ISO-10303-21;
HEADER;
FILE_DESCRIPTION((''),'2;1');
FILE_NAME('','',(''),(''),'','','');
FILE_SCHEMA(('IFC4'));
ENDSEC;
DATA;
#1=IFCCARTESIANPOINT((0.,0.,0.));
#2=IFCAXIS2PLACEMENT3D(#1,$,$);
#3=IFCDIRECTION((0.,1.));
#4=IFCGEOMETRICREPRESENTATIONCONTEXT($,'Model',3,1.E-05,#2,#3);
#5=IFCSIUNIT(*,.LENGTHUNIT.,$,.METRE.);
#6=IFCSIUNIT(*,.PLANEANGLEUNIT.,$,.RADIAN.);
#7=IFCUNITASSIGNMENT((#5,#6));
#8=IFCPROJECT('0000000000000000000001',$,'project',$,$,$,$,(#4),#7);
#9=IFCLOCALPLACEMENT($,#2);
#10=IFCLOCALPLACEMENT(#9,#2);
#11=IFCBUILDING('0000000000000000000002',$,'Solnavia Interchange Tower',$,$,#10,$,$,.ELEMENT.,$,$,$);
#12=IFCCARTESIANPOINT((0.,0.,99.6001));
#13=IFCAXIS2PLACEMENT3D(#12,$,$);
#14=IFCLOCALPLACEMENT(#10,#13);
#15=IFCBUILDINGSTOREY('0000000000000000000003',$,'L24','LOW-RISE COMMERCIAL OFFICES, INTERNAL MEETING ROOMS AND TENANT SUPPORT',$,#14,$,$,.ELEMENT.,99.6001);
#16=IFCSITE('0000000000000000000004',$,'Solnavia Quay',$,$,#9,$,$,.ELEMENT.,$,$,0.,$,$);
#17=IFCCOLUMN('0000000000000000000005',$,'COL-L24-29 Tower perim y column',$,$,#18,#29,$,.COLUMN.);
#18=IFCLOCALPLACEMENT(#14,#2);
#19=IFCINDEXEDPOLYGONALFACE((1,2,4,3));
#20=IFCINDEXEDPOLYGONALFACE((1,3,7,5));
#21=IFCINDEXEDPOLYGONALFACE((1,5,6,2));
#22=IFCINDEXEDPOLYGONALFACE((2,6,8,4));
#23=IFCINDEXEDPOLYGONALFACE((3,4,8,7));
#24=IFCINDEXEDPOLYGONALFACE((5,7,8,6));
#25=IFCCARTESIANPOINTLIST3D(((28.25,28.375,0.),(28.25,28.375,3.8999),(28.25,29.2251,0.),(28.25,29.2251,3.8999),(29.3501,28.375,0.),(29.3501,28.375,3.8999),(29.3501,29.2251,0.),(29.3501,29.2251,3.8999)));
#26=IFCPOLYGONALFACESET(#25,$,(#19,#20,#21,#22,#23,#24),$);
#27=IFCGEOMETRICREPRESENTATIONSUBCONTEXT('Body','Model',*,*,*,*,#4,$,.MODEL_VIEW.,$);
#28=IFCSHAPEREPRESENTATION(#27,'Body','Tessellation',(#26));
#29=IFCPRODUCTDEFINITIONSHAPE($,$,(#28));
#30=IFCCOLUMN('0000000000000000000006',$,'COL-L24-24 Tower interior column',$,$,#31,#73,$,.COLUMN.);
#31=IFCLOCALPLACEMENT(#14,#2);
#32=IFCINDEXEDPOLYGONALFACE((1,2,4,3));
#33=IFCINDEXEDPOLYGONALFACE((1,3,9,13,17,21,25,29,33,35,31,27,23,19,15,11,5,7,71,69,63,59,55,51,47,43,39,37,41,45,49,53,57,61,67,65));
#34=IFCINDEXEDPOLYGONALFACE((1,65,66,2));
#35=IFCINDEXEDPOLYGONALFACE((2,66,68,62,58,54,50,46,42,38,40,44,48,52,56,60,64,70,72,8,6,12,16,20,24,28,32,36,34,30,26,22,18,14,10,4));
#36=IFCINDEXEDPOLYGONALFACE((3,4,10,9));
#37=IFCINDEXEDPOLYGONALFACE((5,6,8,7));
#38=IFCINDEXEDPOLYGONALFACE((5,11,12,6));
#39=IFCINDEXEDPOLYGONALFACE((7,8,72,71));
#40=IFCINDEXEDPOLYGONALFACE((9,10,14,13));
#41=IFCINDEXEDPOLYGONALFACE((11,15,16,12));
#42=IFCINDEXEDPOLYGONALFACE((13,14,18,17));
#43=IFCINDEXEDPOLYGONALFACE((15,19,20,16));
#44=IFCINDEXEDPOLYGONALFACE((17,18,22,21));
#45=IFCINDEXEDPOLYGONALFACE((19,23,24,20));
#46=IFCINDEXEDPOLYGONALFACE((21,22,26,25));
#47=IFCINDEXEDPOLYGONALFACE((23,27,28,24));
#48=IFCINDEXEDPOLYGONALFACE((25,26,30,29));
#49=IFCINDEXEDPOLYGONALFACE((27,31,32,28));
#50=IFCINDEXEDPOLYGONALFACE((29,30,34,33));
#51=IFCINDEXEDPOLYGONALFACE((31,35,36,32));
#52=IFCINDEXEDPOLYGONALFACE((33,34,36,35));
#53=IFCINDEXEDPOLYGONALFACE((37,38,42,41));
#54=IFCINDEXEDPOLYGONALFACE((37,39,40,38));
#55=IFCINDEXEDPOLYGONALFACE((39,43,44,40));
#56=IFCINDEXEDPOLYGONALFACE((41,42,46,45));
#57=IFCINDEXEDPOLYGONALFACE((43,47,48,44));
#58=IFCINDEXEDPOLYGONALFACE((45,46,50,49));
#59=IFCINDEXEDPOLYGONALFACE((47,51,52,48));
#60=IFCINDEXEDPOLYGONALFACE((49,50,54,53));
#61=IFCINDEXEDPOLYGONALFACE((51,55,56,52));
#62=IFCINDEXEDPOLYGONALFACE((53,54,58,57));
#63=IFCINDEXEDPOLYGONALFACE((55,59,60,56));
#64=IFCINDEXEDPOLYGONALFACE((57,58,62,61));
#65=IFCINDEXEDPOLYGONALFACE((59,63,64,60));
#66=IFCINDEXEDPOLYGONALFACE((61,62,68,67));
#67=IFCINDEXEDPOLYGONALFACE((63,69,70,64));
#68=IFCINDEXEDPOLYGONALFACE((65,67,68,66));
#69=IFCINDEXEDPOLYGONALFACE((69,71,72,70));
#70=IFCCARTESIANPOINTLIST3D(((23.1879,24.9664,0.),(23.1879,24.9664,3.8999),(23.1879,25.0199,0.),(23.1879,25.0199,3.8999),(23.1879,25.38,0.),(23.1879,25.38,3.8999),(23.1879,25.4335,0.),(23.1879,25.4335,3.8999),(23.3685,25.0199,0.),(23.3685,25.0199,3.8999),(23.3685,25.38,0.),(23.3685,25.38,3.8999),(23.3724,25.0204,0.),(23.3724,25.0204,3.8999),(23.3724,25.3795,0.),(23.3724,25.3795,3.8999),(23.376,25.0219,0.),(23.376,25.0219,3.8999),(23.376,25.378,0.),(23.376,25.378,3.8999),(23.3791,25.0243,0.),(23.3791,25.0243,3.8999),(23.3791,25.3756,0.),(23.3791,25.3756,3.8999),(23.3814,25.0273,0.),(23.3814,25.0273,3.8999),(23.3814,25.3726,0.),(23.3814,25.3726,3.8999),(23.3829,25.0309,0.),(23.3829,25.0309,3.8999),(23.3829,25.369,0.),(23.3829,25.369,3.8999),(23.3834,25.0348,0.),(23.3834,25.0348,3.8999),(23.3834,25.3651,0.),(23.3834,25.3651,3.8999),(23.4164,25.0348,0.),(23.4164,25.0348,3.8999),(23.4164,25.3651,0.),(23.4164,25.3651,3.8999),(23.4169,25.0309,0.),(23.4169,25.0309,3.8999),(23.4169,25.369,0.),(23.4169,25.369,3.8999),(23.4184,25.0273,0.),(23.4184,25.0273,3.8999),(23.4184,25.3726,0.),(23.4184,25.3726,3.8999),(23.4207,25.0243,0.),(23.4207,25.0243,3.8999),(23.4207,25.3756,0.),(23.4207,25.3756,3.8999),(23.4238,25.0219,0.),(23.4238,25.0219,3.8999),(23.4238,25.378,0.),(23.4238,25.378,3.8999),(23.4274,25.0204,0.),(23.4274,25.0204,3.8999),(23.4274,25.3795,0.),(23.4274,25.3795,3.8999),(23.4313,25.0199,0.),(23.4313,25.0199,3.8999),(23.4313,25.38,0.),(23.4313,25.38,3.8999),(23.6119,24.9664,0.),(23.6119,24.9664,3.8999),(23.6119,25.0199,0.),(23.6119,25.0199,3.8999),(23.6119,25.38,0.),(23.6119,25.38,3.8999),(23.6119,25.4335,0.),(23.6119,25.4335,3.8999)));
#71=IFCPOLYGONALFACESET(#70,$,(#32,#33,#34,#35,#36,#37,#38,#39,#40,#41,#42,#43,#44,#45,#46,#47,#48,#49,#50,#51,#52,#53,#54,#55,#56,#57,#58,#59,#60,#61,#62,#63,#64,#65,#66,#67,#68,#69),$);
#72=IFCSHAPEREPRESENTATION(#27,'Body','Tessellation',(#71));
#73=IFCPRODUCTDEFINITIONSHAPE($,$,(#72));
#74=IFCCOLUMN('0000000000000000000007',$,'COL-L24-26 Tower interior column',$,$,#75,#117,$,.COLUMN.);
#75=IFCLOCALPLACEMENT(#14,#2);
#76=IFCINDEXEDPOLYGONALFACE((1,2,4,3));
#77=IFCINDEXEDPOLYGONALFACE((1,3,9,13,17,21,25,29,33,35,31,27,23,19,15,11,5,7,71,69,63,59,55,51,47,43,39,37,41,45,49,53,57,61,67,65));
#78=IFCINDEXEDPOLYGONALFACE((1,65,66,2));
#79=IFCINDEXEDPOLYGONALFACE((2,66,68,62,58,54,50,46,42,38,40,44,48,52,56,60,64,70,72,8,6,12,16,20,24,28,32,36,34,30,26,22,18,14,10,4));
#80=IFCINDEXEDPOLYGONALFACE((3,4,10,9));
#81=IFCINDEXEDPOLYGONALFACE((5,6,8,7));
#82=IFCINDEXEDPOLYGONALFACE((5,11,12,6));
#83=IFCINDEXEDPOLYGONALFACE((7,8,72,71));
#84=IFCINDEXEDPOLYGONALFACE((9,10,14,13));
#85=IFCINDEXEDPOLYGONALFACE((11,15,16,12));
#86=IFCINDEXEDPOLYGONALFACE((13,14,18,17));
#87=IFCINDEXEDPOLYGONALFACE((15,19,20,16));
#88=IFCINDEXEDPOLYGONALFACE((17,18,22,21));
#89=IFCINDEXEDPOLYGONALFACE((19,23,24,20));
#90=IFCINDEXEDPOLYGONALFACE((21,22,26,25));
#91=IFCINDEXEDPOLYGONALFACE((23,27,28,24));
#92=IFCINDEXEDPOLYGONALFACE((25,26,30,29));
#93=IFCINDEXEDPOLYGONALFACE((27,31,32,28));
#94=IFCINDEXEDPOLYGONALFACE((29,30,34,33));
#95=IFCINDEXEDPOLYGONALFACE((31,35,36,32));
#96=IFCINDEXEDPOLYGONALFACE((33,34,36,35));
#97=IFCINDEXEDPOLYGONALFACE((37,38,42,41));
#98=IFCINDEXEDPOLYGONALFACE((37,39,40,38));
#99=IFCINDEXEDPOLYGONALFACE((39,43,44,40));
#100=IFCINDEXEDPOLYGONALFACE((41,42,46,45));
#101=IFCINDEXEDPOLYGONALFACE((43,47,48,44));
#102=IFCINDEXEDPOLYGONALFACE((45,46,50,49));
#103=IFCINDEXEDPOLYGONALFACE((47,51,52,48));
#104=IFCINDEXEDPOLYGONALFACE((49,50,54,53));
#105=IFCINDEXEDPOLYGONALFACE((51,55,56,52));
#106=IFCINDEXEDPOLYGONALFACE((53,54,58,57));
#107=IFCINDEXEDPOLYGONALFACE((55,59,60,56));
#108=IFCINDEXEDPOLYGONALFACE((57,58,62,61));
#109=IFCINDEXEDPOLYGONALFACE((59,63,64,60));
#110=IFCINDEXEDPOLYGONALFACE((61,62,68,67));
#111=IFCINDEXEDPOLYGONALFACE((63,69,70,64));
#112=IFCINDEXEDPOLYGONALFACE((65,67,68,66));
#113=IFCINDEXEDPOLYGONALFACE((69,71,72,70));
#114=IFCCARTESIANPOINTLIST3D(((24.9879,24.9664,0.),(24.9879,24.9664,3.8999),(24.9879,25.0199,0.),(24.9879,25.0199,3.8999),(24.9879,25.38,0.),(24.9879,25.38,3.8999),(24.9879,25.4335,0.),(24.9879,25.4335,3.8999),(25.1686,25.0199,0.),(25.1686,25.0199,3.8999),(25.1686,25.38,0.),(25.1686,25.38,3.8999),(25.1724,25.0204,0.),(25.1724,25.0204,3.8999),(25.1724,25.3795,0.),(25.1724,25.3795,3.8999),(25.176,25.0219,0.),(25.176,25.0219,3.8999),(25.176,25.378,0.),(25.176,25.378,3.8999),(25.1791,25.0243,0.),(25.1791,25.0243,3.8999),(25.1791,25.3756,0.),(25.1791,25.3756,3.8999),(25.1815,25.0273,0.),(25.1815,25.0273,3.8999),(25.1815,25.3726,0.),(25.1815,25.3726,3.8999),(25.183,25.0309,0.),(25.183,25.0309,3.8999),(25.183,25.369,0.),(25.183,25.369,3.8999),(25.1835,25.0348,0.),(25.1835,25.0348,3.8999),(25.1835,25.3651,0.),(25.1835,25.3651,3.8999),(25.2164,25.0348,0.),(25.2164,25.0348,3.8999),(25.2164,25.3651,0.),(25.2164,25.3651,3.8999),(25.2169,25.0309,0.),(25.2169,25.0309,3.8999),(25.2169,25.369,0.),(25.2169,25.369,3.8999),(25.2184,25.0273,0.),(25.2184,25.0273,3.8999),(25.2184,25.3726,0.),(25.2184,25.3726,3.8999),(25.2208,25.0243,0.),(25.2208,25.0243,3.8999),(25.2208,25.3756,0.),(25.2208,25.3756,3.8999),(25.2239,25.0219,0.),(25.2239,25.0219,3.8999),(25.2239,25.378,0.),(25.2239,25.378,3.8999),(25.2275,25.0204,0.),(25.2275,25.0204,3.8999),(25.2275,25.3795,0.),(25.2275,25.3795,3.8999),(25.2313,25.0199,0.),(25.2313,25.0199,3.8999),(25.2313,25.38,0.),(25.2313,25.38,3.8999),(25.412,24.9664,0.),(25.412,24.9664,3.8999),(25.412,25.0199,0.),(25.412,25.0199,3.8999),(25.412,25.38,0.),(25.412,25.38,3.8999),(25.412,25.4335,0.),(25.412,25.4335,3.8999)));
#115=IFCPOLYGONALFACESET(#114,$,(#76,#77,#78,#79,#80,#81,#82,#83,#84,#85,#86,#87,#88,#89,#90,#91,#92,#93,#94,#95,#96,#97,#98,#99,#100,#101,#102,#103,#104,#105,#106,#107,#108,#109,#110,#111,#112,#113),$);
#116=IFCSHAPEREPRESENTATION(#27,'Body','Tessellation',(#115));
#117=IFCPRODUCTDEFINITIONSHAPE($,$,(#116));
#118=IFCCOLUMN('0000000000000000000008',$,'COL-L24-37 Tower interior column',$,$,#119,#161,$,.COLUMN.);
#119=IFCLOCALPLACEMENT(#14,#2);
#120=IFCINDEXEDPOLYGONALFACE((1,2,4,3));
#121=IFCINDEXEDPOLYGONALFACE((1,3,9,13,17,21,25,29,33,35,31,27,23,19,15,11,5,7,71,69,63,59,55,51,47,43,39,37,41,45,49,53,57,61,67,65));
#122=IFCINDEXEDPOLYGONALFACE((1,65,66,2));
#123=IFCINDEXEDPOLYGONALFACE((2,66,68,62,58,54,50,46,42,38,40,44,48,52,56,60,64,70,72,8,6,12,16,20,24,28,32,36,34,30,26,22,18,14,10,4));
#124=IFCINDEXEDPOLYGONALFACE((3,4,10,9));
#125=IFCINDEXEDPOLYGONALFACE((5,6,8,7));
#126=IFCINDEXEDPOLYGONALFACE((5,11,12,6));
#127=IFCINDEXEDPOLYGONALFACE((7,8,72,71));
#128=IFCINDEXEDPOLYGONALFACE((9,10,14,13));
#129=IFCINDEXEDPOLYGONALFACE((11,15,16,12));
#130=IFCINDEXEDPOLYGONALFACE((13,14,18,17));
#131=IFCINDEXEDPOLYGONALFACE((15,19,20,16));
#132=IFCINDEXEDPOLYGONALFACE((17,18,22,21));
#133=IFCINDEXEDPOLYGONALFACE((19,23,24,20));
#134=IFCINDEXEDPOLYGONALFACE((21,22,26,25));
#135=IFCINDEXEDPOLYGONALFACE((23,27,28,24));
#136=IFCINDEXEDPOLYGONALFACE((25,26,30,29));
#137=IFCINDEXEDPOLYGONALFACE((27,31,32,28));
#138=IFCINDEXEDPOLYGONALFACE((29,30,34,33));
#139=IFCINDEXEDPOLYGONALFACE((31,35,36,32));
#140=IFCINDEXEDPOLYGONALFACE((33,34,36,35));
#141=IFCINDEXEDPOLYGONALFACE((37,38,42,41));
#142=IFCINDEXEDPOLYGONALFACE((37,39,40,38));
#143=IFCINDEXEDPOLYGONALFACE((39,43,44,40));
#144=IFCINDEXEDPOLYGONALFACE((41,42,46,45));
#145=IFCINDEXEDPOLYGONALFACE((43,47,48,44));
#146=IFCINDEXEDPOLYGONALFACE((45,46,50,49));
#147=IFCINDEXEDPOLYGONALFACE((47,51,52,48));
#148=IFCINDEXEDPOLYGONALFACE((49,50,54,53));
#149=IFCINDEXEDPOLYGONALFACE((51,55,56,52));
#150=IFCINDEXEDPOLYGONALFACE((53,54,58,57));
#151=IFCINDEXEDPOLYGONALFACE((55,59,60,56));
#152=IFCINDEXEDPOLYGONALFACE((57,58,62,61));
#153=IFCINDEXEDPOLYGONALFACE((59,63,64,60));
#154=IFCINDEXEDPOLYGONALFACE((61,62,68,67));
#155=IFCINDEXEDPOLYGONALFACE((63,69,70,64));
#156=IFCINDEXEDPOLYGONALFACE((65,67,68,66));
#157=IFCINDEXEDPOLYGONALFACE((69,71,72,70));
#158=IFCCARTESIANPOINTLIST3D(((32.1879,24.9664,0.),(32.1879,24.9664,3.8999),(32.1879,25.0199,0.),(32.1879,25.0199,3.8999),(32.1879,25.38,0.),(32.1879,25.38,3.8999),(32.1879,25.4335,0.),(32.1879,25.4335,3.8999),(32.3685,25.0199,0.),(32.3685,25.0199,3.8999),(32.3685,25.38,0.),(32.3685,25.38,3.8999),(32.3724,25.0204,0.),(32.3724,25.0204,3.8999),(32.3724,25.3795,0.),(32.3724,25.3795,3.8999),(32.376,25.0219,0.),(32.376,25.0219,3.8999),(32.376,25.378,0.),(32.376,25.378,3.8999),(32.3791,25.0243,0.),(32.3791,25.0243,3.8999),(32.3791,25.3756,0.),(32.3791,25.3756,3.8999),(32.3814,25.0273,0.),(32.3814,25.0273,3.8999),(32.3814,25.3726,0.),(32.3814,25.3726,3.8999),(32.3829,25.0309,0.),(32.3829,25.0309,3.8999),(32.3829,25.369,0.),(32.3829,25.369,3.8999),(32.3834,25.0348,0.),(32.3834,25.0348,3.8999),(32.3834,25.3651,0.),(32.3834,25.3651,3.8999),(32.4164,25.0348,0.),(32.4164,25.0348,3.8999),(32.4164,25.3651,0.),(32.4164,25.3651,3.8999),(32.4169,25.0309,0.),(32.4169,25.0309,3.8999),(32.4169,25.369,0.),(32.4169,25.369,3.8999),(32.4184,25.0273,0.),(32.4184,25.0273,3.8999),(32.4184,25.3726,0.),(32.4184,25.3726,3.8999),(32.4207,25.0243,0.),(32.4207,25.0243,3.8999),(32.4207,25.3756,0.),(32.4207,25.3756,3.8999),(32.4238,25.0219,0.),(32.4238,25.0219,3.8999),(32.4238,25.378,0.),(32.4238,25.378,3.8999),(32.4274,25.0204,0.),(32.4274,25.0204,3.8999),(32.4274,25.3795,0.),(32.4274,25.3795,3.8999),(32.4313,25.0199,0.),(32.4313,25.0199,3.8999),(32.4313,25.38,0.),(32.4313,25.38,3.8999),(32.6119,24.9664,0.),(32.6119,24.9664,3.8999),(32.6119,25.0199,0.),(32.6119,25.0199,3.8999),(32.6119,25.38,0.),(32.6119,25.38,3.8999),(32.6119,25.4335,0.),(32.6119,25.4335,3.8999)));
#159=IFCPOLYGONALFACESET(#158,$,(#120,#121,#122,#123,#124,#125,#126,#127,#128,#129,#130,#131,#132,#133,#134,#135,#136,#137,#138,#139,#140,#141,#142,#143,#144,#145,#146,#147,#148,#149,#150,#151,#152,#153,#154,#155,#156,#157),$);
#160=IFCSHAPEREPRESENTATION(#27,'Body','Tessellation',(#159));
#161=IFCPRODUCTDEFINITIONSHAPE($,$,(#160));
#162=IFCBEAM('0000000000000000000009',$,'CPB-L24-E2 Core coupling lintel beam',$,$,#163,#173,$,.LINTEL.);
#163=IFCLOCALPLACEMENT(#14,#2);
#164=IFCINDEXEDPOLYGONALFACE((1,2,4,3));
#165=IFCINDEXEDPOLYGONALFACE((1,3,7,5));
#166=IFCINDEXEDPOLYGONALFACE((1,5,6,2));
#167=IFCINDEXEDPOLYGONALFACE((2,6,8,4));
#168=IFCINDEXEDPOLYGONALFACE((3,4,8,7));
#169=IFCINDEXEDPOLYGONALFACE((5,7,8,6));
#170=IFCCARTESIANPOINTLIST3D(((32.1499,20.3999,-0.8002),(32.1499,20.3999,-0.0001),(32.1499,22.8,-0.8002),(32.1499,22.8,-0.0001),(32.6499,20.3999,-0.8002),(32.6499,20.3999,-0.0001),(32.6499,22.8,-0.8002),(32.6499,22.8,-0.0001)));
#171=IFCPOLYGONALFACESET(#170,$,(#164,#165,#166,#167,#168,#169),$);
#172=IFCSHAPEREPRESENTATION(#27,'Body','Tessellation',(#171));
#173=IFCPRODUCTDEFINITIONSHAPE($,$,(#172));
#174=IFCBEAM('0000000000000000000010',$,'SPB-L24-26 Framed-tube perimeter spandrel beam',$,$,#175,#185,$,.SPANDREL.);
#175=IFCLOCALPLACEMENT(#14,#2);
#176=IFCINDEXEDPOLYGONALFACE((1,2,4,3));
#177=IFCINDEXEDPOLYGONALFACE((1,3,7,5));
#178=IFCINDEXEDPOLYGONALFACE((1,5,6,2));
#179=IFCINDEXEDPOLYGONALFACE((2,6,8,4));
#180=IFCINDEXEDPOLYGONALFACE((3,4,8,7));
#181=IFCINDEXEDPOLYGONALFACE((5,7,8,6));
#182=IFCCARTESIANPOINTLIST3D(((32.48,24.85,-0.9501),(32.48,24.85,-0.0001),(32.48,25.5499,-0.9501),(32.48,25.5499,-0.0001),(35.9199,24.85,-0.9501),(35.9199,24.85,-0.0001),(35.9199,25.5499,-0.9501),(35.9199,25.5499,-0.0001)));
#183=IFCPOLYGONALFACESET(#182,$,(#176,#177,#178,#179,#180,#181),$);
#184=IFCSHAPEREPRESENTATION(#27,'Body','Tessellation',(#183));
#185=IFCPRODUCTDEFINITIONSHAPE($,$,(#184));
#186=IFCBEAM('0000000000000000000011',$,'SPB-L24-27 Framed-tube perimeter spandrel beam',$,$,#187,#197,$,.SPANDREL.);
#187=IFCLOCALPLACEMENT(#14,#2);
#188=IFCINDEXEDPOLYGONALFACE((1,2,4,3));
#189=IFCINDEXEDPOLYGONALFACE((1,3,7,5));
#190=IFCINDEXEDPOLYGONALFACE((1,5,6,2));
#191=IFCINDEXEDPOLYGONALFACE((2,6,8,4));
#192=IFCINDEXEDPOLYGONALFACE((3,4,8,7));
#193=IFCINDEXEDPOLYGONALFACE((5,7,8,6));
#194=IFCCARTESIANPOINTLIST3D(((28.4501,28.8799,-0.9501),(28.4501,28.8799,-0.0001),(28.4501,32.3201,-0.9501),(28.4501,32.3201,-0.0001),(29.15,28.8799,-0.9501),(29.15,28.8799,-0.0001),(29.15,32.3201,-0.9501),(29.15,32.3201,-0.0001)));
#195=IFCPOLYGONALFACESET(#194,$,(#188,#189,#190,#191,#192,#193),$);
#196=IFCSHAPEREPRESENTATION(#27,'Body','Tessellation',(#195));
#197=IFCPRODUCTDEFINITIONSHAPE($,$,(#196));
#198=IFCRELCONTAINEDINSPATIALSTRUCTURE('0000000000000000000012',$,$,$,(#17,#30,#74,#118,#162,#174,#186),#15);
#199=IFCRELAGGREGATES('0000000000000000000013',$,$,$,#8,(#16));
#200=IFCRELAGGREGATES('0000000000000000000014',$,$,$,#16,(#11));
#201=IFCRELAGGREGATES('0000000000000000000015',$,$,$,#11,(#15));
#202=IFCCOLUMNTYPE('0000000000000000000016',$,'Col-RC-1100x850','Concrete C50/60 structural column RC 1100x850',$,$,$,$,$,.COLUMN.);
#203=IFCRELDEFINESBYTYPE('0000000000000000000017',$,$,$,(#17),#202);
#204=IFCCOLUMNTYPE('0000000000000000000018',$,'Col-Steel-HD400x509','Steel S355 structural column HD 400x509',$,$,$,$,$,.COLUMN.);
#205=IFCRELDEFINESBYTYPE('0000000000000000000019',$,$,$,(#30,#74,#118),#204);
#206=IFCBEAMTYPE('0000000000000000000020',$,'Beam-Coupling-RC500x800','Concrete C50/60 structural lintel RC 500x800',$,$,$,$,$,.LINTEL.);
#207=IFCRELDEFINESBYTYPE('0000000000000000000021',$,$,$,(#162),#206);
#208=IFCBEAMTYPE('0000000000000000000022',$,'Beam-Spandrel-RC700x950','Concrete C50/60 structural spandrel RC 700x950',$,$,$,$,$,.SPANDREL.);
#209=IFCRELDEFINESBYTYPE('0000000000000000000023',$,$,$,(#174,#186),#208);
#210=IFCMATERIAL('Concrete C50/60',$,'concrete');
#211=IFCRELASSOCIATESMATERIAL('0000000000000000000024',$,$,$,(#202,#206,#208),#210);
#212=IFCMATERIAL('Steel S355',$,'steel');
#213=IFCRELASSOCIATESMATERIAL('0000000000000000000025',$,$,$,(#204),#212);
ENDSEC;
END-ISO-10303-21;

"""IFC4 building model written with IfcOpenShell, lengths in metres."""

from ifc_helpers import new_model, si_unit, direction, frame, origin, origin_2d, place, context, subcontext, project, spatial, rectangle, i_section, extrude, material, material_profile, profile_set, type_object, element, save


model = new_model("IFC4")

# Units and contexts
model_context = context("Model", 3, precision=1e-05, world=origin(), true_north=direction((0.0, 1.0)))
body_context = subcontext(model_context, "Body", "Model", "MODEL_VIEW")
ifc_project = project(units=[si_unit("LENGTHUNIT", "METRE"), si_unit("PLANEANGLEUNIT", "RADIAN")], contexts=[model_context])

# Site, building, storey
site_placement = place(None, origin())
site = spatial("IfcSite", under=ifc_project, at=site_placement, Name="Solnavia Quay", CompositionType="ELEMENT", RefElevation=0.0)
building_placement = place(site_placement, origin())
building = spatial("IfcBuilding", under=site, at=building_placement, Name="Solnavia Interchange Tower", CompositionType="ELEMENT")
storey_placement = place(building_placement, frame((0.0, 0.0, 99.6001)))
storey = spatial("IfcBuildingStorey", under=building, at=storey_placement, Name="L24", Description="LOW-RISE COMMERCIAL OFFICES, INTERNAL MEETING ROOMS AND TENANT SUPPORT", CompositionType="ELEMENT", Elevation=99.6001)

# Columns
ifc_material_1 = material(Name="Concrete C50/60", Category="concrete")
ifc_material_profile_1 = material_profile(ifc_material_1, rectangle(XDim=0.8501, YDim=1.1001, at=origin_2d()), Name="RC 1100x850")
ifc_profile_set_1 = profile_set([ifc_material_profile_1], Name="Concrete C50/60")
column_type_1 = type_object("IfcColumnType", Name="Col-RC-1100x850", Description="Concrete C50/60 structural column RC 1100x850", PredefinedType="COLUMN", material=ifc_profile_set_1)
column_placement = place(storey_placement, frame((28.8, 28.8, 0.0), z_axis=(0.0, 0.0, 1.0), x_axis=(0.0, 1.0, 0.0)))
element("IfcColumn", 1, at=column_placement, inside=storey, type_object=column_type_1, Name="COL-L24-29 Tower perim y column", PredefinedType="COLUMN", context=body_context, shape_type="SweptSolid", body=[
    extrude(rectangle(XDim=0.8501, YDim=1.1001, at=origin_2d()), origin(), (0.0, 0.0, 1.0), 3.8999),
])
ifc_material_2 = material(Name="Steel S355", Category="steel")
ifc_material_profile_2 = material_profile(ifc_material_2, i_section(OverallWidth=0.4241, OverallDepth=0.467, WebThickness=0.033, FlangeThickness=0.0535, FilletRadius=0.0149, at=origin_2d()), Name="HD 400x509")
ifc_profile_set_2 = profile_set([ifc_material_profile_2], Name="Steel S355")
column_type_2 = type_object("IfcColumnType", Name="Col-Steel-HD400x509", Description="Steel S355 structural column HD 400x509", PredefinedType="COLUMN", material=ifc_profile_set_2)
for number, where, z_axis, x_axis, name in (
    (2, (23.3999, 25.2, 0.0), (0.0, 0.0, 1.0), (1.0, 0.0, 0.0), "COL-L24-24 Tower interior column"),
    (3, (25.2, 25.2, 0.0), (0.0, 0.0, 1.0), (1.0, 0.0, 0.0), "COL-L24-26 Tower interior column"),
    (4, (32.3999, 25.2, 0.0), (0.0, 0.0, 1.0), (1.0, 0.0, 0.0), "COL-L24-37 Tower interior column"),
):
    element("IfcColumn", number, at=place(storey_placement, frame(where, z_axis=z_axis, x_axis=x_axis)), inside=storey, type_object=column_type_2, Name=name, PredefinedType="COLUMN", context=body_context, shape_type="SweptSolid", body=[
        extrude(i_section(OverallWidth=0.4241, OverallDepth=0.467, WebThickness=0.033, FlangeThickness=0.0535, FilletRadius=0.0149, at=origin_2d()), origin(), (0.0, 0.0, 1.0), 3.8999),
    ])

# Beams
ifc_material_profile_3 = material_profile(ifc_material_1, rectangle(XDim=0.5, YDim=0.8, at=origin_2d()), Name="RC 500x800")
ifc_profile_set_3 = profile_set([ifc_material_profile_3], Name="Concrete C50/60")
beam_type_1 = type_object("IfcBeamType", Name="Beam-Coupling-RC500x800", Description="Concrete C50/60 structural lintel RC 500x800", PredefinedType="LINTEL", material=ifc_profile_set_3)
beam_1_placement = place(storey_placement, frame((32.3999, 20.3999, -0.4001), z_axis=(0.0, 1.0, 0.0), x_axis=(-1.0, 0.0, 0.0)))
element("IfcBeam", 5, at=beam_1_placement, inside=storey, type_object=beam_type_1, Name="CPB-L24-E2 Core coupling lintel beam", PredefinedType="LINTEL", context=body_context, shape_type="SweptSolid", body=[
    extrude(rectangle(XDim=0.5, YDim=0.8, at=origin_2d()), origin(), (0.0, 0.0, 1.0), 2.4001),
])
ifc_material_profile_4 = material_profile(ifc_material_1, rectangle(XDim=0.7, YDim=0.95, at=origin_2d()), Name="RC 700x950")
ifc_profile_set_4 = profile_set([ifc_material_profile_4], Name="Concrete C50/60")
beam_type_2 = type_object("IfcBeamType", Name="Beam-Spandrel-RC700x950", Description="Concrete C50/60 structural spandrel RC 700x950", PredefinedType="SPANDREL", material=ifc_profile_set_4)
beam_2_placement = place(storey_placement, frame((35.9199, 25.2, -0.4751), z_axis=(-1.0, 0.0, 0.0), x_axis=(0.0, -1.0, 0.0)))
element("IfcBeam", 6, at=beam_2_placement, inside=storey, type_object=beam_type_2, Name="SPB-L24-26 Framed-tube perimeter spandrel beam", PredefinedType="SPANDREL", context=body_context, shape_type="SweptSolid", body=[
    extrude(rectangle(XDim=0.7, YDim=0.95, at=origin_2d()), origin(), (0.0, 0.0, 1.0), 3.4399),
])
beam_3_placement = place(storey_placement, frame((28.8, 28.8799, -0.4751), z_axis=(0.0, 1.0, 0.0), x_axis=(-1.0, 0.0, 0.0)))
element("IfcBeam", 7, at=beam_3_placement, inside=storey, type_object=beam_type_2, Name="SPB-L24-27 Framed-tube perimeter spandrel beam", PredefinedType="SPANDREL", context=body_context, shape_type="SweptSolid", body=[
    extrude(rectangle(XDim=0.7, YDim=0.95, at=origin_2d()), origin(), (0.0, 0.0, 1.0), 3.4402),
])

save(model, "model.ifc")
